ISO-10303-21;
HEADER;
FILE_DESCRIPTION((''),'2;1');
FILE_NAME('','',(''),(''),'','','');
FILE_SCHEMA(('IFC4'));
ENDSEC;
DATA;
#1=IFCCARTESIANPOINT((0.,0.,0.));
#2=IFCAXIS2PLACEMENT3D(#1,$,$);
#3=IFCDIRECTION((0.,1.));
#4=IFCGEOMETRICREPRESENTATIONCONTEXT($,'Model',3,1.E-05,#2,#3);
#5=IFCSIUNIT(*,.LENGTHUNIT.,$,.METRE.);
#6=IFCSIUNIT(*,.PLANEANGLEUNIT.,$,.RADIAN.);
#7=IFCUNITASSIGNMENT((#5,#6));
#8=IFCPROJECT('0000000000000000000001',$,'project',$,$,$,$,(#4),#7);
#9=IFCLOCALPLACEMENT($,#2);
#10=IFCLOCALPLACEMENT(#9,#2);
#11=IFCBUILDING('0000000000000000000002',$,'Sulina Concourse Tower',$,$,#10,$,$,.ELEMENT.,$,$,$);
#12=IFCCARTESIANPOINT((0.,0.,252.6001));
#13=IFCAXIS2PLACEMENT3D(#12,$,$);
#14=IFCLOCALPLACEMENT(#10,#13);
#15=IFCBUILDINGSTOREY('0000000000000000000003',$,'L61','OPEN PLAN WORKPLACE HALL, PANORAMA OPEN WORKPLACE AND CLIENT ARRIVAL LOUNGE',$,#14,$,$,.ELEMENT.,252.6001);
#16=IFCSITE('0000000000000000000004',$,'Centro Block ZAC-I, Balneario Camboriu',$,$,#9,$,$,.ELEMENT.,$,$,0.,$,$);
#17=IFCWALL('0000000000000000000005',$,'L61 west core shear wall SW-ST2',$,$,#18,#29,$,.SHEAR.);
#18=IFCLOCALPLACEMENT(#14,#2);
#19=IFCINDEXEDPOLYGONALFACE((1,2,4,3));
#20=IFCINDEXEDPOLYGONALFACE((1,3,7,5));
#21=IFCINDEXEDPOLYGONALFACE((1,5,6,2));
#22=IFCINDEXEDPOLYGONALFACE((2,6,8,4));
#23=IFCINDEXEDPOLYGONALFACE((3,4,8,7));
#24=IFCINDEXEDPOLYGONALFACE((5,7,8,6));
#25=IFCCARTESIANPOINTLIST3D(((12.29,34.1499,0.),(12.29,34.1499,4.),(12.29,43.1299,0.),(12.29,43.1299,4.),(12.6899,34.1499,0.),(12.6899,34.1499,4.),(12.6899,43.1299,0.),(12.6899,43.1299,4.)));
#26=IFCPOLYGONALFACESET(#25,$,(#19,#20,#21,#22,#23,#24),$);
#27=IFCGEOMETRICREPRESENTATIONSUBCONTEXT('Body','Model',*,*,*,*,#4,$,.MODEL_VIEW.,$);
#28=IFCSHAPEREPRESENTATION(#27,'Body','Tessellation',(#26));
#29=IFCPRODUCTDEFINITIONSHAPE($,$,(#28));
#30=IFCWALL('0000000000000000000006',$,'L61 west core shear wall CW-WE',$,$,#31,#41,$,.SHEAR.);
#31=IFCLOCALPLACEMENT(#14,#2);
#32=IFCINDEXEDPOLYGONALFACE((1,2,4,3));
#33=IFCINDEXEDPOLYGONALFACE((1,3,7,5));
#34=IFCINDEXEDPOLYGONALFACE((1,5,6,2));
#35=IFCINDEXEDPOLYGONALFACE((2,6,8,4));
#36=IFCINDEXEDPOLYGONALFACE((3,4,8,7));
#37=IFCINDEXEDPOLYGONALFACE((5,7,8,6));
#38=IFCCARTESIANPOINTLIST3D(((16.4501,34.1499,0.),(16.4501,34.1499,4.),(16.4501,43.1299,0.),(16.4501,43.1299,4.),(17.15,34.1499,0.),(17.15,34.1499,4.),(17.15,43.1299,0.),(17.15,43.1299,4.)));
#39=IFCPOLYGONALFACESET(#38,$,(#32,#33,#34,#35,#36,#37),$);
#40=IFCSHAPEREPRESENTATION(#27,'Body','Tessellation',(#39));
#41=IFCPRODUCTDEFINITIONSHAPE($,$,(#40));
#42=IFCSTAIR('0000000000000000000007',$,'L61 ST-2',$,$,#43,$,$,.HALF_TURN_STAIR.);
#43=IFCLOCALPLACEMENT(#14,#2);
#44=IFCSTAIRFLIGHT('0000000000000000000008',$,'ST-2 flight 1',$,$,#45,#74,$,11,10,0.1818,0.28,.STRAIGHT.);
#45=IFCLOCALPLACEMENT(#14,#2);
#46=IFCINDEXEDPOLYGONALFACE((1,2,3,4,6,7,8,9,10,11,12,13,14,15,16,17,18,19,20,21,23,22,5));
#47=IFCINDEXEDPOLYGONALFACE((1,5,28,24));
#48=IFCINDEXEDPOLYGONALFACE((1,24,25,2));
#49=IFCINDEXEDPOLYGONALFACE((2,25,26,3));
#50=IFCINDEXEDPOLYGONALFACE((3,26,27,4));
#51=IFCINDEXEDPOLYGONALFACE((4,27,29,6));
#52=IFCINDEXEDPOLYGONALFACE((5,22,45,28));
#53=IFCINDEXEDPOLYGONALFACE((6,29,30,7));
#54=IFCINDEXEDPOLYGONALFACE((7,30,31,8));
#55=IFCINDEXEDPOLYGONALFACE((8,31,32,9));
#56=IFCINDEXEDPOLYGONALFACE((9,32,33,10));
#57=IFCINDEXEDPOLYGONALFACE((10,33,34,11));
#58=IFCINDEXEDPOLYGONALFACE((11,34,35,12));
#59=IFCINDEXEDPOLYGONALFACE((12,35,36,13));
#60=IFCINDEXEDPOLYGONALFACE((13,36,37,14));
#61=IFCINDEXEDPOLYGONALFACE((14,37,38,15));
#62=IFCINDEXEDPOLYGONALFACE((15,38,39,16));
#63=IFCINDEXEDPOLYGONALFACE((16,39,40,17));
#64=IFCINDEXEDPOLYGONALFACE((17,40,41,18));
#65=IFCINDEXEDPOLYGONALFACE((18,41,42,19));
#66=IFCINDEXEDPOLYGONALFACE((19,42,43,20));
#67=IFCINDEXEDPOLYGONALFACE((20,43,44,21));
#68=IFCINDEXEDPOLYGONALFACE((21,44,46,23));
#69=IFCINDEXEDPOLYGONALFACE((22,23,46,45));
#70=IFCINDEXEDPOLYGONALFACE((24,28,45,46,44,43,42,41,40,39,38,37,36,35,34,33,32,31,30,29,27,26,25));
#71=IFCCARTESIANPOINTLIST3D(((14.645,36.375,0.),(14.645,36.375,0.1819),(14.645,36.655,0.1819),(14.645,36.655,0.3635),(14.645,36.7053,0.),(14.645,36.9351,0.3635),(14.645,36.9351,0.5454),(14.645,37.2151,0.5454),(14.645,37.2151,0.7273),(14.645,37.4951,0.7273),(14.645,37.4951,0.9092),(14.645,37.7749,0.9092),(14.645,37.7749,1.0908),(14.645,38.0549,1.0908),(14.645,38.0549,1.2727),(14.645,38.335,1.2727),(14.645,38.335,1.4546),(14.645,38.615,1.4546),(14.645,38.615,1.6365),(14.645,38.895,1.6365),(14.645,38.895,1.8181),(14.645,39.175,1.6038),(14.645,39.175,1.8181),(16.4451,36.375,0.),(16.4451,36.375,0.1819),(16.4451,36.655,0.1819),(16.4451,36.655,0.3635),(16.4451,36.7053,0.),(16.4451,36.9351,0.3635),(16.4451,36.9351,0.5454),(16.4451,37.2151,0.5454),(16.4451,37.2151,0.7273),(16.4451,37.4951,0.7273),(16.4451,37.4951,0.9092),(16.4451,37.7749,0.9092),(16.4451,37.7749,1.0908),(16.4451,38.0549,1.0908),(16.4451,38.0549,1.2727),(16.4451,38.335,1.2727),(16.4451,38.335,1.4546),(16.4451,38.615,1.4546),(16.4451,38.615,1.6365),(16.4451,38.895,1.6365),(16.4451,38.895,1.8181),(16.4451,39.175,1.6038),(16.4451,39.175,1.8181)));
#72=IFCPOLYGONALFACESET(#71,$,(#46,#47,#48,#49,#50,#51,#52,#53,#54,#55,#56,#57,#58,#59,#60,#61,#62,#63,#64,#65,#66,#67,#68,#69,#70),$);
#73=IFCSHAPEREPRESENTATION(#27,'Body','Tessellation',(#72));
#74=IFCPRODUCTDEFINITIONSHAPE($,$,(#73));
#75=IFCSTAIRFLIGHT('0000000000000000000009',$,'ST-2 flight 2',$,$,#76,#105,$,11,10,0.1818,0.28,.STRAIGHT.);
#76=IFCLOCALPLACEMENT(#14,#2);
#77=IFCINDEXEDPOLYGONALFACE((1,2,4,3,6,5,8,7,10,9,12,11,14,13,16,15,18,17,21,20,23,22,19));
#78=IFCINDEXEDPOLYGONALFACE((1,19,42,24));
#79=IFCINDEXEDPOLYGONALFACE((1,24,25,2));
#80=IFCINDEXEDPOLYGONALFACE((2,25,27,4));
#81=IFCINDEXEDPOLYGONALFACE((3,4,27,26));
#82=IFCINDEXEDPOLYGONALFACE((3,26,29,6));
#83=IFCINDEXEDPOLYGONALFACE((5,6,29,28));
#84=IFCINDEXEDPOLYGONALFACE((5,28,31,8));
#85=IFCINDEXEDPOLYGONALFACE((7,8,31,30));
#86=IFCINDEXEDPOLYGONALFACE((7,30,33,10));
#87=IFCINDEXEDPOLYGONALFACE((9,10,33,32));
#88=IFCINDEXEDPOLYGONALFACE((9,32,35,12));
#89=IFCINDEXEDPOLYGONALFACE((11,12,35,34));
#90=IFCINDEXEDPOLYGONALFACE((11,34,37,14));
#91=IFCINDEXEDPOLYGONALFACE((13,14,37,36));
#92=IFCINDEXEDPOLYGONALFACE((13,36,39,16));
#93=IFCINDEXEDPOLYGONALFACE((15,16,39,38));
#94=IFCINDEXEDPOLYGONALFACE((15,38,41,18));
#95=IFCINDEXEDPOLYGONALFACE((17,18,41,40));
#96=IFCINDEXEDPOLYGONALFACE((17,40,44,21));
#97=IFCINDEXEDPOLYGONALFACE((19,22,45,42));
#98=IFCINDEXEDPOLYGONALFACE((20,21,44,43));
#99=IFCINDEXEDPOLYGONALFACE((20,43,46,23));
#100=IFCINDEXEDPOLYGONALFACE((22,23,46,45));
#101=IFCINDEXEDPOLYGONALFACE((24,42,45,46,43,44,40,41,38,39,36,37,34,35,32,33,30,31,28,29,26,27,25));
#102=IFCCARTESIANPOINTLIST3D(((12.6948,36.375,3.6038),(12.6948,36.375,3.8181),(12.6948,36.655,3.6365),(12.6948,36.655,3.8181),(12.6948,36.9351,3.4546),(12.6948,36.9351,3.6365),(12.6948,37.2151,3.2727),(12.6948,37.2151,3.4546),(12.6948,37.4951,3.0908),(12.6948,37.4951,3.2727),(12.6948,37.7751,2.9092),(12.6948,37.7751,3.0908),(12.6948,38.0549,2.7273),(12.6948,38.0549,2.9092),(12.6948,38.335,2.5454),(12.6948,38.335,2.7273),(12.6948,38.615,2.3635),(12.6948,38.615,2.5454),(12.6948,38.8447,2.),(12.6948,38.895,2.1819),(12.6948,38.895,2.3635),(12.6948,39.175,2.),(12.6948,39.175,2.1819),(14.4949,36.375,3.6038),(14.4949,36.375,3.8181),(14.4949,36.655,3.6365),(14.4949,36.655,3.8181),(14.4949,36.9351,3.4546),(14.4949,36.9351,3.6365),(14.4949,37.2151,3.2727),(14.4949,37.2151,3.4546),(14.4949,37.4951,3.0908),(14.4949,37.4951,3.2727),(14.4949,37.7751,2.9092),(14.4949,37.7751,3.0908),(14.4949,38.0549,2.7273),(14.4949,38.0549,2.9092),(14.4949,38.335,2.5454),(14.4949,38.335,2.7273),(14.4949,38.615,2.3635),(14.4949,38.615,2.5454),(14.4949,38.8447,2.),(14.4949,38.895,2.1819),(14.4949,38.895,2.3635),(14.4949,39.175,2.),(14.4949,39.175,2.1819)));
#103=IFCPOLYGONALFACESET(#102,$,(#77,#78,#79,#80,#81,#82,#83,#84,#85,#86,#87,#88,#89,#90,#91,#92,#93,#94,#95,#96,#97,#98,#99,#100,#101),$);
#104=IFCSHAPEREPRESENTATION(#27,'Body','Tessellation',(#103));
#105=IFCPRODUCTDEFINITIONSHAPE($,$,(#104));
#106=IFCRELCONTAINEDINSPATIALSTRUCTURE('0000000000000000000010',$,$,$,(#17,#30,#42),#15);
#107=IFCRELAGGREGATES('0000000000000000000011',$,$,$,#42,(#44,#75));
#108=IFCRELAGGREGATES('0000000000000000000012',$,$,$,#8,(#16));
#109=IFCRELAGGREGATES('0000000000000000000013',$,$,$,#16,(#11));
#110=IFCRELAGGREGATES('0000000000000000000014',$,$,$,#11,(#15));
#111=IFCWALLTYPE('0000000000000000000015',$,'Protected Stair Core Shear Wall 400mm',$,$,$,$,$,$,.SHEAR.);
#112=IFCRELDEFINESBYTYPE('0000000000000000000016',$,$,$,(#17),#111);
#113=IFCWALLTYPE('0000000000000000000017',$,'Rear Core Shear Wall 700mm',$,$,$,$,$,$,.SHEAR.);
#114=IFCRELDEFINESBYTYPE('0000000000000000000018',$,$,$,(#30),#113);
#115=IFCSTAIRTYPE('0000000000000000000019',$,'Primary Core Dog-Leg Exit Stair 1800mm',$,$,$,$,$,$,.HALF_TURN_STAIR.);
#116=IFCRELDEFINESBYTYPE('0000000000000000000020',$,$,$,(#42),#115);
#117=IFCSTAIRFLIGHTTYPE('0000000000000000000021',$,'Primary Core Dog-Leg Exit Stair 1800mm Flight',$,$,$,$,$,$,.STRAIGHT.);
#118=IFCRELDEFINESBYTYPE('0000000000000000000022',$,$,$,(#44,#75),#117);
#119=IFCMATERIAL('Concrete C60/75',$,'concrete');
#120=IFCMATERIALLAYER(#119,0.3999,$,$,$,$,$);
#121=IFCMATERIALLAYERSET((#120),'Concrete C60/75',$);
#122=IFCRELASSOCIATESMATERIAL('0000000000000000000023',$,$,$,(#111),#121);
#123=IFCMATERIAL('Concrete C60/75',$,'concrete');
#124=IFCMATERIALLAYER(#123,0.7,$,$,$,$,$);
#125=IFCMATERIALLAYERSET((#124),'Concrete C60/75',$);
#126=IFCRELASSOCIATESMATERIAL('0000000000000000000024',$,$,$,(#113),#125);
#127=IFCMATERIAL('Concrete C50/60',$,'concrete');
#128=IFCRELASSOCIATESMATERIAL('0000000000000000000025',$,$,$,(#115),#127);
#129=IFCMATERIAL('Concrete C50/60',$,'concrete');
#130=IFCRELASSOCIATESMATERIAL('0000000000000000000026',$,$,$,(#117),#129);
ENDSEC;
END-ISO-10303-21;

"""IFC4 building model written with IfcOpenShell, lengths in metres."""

from ifc_helpers import new_model, si_unit, direction, frame, frame_2d, origin, place, context, subcontext, project, spatial, polyline, rectangle, outline, extrude, material, layer, layer_set, type_object, element, aggregate, save


model = new_model("IFC4")

# Units and contexts
model_context = context("Model", 3, precision=1e-05, world=origin(), true_north=direction((0.0, 1.0)))
body_context = subcontext(model_context, "Body", "Model", "MODEL_VIEW")
ifc_project = project(units=[si_unit("LENGTHUNIT", "METRE"), si_unit("PLANEANGLEUNIT", "RADIAN")], contexts=[model_context])

# Site, building, storey
site_placement = place(None, origin())
site = spatial("IfcSite", under=ifc_project, at=site_placement, Name="Centro Block ZAC-I, Balneario Camboriu", CompositionType="ELEMENT", RefElevation=0.0)
building_placement = place(site_placement, origin())
building = spatial("IfcBuilding", under=site, at=building_placement, Name="Sulina Concourse Tower", CompositionType="ELEMENT")
storey_placement = place(building_placement, frame((0.0, 0.0, 252.6001)))
storey = spatial("IfcBuildingStorey", under=building, at=storey_placement, Name="L61", Description="OPEN PLAN WORKPLACE HALL, PANORAMA OPEN WORKPLACE AND CLIENT ARRIVAL LOUNGE", CompositionType="ELEMENT", Elevation=252.6001)

# Shared definitions
ifc_material_1 = material(Name="Concrete C60/75", Category="concrete")
ifc_layer_1 = layer(ifc_material_1, 0.3999)
ifc_layer_set_1 = layer_set([ifc_layer_1], Name="Concrete C60/75")
wall_type_1 = type_object("IfcWallType", Name="Protected Stair Core Shear Wall 400mm", PredefinedType="SHEAR", material=ifc_layer_set_1)

# Walls
wall_1_placement = place(storey_placement, frame((12.49, 34.1499, 0.0), z_axis=(0.0, 0.0, 1.0), x_axis=(0.0, 1.0, 0.0)))
element("IfcWall", 1, at=wall_1_placement, inside=storey, type_object=wall_type_1, Name="L61 west core shear wall SW-ST2", PredefinedType="SHEAR", context=body_context, shape_type="SweptSolid", body=[
    extrude(rectangle(XDim=8.98, YDim=0.3999, at=frame_2d((4.49, 0.0))), origin(), (0.0, 0.0, 1.0), 4.0),
])
ifc_material_2 = material(Name="Concrete C60/75", Category="concrete")
ifc_layer_2 = layer(ifc_material_2, 0.7)
ifc_layer_set_2 = layer_set([ifc_layer_2], Name="Concrete C60/75")
wall_type_2 = type_object("IfcWallType", Name="Rear Core Shear Wall 700mm", PredefinedType="SHEAR", material=ifc_layer_set_2)
wall_2_placement = place(storey_placement, frame((16.8, 34.1499, 0.0), z_axis=(0.0, 0.0, 1.0), x_axis=(0.0, 1.0, 0.0)))
element("IfcWall", 2, at=wall_2_placement, inside=storey, type_object=wall_type_2, Name="L61 west core shear wall CW-WE", PredefinedType="SHEAR", context=body_context, shape_type="SweptSolid", body=[
    extrude(rectangle(XDim=8.98, YDim=0.7, at=frame_2d((4.49, 0.0))), origin(), (0.0, 0.0, 1.0), 4.0),
])

# Stair, stair flights
ifc_material_3 = material(Name="Concrete C50/60", Category="concrete")
stair_type = type_object("IfcStairType", Name="Primary Core Dog-Leg Exit Stair 1800mm", PredefinedType="HALF_TURN_STAIR", material=ifc_material_3)
stair_placement = place(storey_placement, origin())
stair = element("IfcStair", 3, at=stair_placement, inside=storey, type_object=stair_type, Name="L61 ST-2", PredefinedType="HALF_TURN_STAIR")
ifc_material_4 = material(Name="Concrete C50/60", Category="concrete")
stair_flight_type = type_object("IfcStairFlightType", Name="Primary Core Dog-Leg Exit Stair 1800mm Flight", PredefinedType="STRAIGHT", material=ifc_material_4)
stair_flight_1_placement = place(storey_placement, frame((15.5449, 36.375, 0.0), z_axis=(0.0, 0.0, 1.0), x_axis=(0.0, 1.0, 0.0)))
stair_flight_1 = element("IfcStairFlight", 4, at=stair_flight_1_placement, type_object=stair_flight_type, Name="ST-2 flight 1", NumberOfRisers=11, NumberOfTreads=10, PredefinedType="STRAIGHT", RiserHeight=0.1818, TreadLength=0.28, context=body_context, shape_type="SweptSolid", body=[
    extrude(outline(polyline([(0.0, 0.0), (0.0, 0.1819), (0.28, 0.1819), (0.28, 0.3635), (0.5601, 0.3635), (0.5601, 0.5454), (0.8401, 0.5454), (0.8401, 0.7273), (1.1201, 0.7273), (1.1201, 0.9092), (1.3999, 0.9092), (1.3999, 1.0908), (1.6799, 1.0908), (1.6799, 1.2727), (1.96, 1.2727), (1.96, 1.4546), (2.24, 1.4546), (2.24, 1.6365), (2.52, 1.6365), (2.52, 1.8181), (2.8, 1.8181), (2.8, 2.0), (2.8, 1.6038), (0.3303, 0.0), (0.0, 0.0)])), frame((0.0, 0.8999, 0.0), z_axis=(0.0, -1.0, 0.0), x_axis=(1.0, 0.0, 0.0)), (0.0, 0.0, 1.0), 1.8),
])
stair_flight_2_placement = place(storey_placement, frame((13.595, 39.175, 2.0), z_axis=(0.0, 0.0, 1.0), x_axis=(0.0, -1.0, 0.0)))
stair_flight_2 = element("IfcStairFlight", 5, at=stair_flight_2_placement, type_object=stair_flight_type, Name="ST-2 flight 2", NumberOfRisers=11, NumberOfTreads=10, PredefinedType="STRAIGHT", RiserHeight=0.1818, TreadLength=0.28, context=body_context, shape_type="SweptSolid", body=[
    extrude(outline(polyline([(0.0, 0.0), (0.0, 0.1819), (0.28, 0.1819), (0.28, 0.3635), (0.5601, 0.3635), (0.5601, 0.5454), (0.8401, 0.5454), (0.8401, 0.7273), (1.1201, 0.7273), (1.1201, 0.9092), (1.3999, 0.9092), (1.3999, 1.0908), (1.6799, 1.0908), (1.6799, 1.2727), (1.96, 1.2727), (1.96, 1.4546), (2.24, 1.4546), (2.24, 1.6365), (2.52, 1.6365), (2.52, 1.8181), (2.8, 1.8181), (2.8, 2.0), (2.8, 1.6038), (0.3303, 0.0), (0.0, 0.0)])), frame((0.0, 0.8999, 0.0), z_axis=(0.0, -1.0, 0.0), x_axis=(1.0, 0.0, 0.0)), (0.0, 0.0, 1.0), 1.8),
])
aggregate(stair, [stair_flight_1, stair_flight_2])

save(model, "model.ifc")
